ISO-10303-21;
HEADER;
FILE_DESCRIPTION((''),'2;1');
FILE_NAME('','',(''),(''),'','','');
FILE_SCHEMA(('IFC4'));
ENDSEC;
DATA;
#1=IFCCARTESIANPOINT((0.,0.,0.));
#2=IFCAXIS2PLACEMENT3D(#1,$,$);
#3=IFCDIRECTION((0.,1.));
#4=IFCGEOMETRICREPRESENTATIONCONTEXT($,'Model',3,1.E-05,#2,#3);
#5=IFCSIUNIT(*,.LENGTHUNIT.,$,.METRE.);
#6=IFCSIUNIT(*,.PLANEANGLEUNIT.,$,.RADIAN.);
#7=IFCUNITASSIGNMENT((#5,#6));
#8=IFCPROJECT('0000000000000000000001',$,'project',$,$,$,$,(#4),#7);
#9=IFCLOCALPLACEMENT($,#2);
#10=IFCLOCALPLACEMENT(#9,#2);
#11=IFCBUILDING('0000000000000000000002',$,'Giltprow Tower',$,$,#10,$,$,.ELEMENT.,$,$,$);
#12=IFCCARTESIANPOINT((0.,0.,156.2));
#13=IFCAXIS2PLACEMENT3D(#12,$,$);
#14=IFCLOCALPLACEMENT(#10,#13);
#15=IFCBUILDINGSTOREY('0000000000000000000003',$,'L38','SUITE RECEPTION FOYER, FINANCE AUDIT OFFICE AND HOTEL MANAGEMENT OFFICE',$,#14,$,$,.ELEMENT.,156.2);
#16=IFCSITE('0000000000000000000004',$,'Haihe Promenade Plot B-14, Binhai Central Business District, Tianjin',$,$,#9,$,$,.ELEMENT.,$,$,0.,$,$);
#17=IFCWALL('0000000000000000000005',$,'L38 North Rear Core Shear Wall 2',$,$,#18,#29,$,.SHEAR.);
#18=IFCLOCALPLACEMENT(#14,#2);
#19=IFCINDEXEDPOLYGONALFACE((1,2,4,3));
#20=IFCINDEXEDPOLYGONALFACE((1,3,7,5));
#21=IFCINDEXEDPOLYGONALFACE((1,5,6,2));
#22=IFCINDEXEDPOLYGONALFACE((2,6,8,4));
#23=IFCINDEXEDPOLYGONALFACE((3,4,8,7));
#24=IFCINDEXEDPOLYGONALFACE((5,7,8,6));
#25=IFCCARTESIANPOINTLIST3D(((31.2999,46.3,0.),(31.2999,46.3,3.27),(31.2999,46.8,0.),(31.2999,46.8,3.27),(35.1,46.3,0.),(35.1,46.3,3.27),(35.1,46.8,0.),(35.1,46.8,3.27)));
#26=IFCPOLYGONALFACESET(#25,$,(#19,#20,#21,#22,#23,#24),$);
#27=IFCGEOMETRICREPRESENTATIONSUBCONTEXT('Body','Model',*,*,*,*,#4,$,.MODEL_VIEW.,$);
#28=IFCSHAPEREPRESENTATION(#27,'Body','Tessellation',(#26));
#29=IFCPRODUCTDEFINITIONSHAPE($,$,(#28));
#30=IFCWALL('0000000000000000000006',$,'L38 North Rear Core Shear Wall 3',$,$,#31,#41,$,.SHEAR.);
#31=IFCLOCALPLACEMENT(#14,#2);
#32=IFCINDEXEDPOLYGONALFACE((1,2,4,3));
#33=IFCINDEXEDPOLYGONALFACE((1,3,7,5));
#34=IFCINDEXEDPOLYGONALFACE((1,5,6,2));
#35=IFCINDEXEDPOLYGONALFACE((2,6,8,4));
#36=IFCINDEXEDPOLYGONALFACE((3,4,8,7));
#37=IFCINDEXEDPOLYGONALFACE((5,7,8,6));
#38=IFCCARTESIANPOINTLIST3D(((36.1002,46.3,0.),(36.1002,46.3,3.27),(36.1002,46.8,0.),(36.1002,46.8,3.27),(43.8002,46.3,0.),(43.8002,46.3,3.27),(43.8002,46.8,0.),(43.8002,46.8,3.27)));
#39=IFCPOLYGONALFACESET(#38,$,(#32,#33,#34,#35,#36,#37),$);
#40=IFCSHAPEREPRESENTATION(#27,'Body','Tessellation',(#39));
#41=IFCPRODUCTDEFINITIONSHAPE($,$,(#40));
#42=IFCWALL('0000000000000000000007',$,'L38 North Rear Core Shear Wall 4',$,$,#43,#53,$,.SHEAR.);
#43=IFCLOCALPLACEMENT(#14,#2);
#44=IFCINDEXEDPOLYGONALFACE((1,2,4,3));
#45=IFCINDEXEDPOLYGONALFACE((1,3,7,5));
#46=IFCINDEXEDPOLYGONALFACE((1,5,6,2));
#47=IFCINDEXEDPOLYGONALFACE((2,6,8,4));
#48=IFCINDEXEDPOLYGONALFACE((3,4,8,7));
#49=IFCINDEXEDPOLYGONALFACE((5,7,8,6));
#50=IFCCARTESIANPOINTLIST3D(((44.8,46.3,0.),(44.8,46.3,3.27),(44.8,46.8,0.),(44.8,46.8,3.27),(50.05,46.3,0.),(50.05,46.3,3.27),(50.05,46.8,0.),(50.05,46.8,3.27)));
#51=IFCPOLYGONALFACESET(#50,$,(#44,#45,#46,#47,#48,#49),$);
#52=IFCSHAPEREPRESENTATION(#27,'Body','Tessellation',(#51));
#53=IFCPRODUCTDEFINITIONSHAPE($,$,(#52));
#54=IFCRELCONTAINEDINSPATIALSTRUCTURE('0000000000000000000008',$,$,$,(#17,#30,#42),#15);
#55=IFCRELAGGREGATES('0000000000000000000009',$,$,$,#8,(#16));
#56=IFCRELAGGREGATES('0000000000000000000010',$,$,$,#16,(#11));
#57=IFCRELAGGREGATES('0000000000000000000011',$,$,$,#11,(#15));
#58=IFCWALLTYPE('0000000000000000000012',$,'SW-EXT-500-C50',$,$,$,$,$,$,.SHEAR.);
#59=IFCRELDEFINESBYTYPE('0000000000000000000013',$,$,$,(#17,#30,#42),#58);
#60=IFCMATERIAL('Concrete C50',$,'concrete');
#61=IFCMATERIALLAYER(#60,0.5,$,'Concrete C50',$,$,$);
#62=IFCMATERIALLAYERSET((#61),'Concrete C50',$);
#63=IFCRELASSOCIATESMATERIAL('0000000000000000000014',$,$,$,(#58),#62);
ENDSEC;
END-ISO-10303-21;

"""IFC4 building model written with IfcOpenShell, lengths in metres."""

from ifc_helpers import new_model, si_unit, direction, frame, frame_2d, origin, place, context, subcontext, project, spatial, rectangle, extrude, material, layer, layer_set, type_object, element, save


model = new_model("IFC4")

# Units and contexts
model_context = context("Model", 3, precision=1e-05, world=origin(), true_north=direction((0.0, 1.0)))
body_context = subcontext(model_context, "Body", "Model", "MODEL_VIEW")
ifc_project = project(units=[si_unit("LENGTHUNIT", "METRE"), si_unit("PLANEANGLEUNIT", "RADIAN")], contexts=[model_context])

# Site, building, storey
site_placement = place(None, origin())
site = spatial("IfcSite", under=ifc_project, at=site_placement, Name="Haihe Promenade Plot B-14, Binhai Central Business District, Tianjin", CompositionType="ELEMENT", RefElevation=0.0)
building_placement = place(site_placement, origin())
building = spatial("IfcBuilding", under=site, at=building_placement, Name="Giltprow Tower", CompositionType="ELEMENT")
storey_placement = place(building_placement, frame((0.0, 0.0, 156.2)))
storey = spatial("IfcBuildingStorey", under=building, at=storey_placement, Name="L38", Description="SUITE RECEPTION FOYER, FINANCE AUDIT OFFICE AND HOTEL MANAGEMENT OFFICE", CompositionType="ELEMENT", Elevation=156.2)

# Shared definitions
ifc_material_1 = material(Name="Concrete C50", Category="concrete")

# Walls
ifc_layer_1 = layer(ifc_material_1, 0.5, Name="Concrete C50")
ifc_layer_set_1 = layer_set([ifc_layer_1], Name="Concrete C50")
wall_type_1 = type_object("IfcWallType", Name="SW-EXT-500-C50", PredefinedType="SHEAR", material=ifc_layer_set_1)
wall_1_placement = place(storey_placement, frame((31.3, 46.55, 0.0), z_axis=(0.0, 0.0, 1.0), x_axis=(1.0, 0.0, 0.0)))
element("IfcWall", 1, at=wall_1_placement, inside=storey, type_object=wall_type_1, Name="L38 North Rear Core Shear Wall 2", PredefinedType="SHEAR", context=body_context, shape_type="SweptSolid", body=[
    extrude(rectangle(XDim=3.8, YDim=0.5, at=frame_2d((1.8999, 0.0))), origin(), (0.0, 0.0, 1.0), 3.27),
])
wall_2_placement = place(storey_placement, frame((36.1001, 46.55, 0.0), z_axis=(0.0, 0.0, 1.0), x_axis=(1.0, 0.0, 0.0)))
element("IfcWall", 2, at=wall_2_placement, inside=storey, type_object=wall_type_1, Name="L38 North Rear Core Shear Wall 3", PredefinedType="SHEAR", context=body_context, shape_type="SweptSolid", body=[
    extrude(rectangle(XDim=7.7, YDim=0.5, at=frame_2d((3.8501, 0.0))), origin(), (0.0, 0.0, 1.0), 3.27),
])
wall_3_placement = place(storey_placement, frame((44.8, 46.55, 0.0), z_axis=(0.0, 0.0, 1.0), x_axis=(1.0, 0.0, 0.0)))
element("IfcWall", 3, at=wall_3_placement, inside=storey, type_object=wall_type_1, Name="L38 North Rear Core Shear Wall 4", PredefinedType="SHEAR", context=body_context, shape_type="SweptSolid", body=[
    extrude(rectangle(XDim=5.25, YDim=0.5, at=frame_2d((2.625, 0.0))), origin(), (0.0, 0.0, 1.0), 3.27),
])

save(model, "model.ifc")
